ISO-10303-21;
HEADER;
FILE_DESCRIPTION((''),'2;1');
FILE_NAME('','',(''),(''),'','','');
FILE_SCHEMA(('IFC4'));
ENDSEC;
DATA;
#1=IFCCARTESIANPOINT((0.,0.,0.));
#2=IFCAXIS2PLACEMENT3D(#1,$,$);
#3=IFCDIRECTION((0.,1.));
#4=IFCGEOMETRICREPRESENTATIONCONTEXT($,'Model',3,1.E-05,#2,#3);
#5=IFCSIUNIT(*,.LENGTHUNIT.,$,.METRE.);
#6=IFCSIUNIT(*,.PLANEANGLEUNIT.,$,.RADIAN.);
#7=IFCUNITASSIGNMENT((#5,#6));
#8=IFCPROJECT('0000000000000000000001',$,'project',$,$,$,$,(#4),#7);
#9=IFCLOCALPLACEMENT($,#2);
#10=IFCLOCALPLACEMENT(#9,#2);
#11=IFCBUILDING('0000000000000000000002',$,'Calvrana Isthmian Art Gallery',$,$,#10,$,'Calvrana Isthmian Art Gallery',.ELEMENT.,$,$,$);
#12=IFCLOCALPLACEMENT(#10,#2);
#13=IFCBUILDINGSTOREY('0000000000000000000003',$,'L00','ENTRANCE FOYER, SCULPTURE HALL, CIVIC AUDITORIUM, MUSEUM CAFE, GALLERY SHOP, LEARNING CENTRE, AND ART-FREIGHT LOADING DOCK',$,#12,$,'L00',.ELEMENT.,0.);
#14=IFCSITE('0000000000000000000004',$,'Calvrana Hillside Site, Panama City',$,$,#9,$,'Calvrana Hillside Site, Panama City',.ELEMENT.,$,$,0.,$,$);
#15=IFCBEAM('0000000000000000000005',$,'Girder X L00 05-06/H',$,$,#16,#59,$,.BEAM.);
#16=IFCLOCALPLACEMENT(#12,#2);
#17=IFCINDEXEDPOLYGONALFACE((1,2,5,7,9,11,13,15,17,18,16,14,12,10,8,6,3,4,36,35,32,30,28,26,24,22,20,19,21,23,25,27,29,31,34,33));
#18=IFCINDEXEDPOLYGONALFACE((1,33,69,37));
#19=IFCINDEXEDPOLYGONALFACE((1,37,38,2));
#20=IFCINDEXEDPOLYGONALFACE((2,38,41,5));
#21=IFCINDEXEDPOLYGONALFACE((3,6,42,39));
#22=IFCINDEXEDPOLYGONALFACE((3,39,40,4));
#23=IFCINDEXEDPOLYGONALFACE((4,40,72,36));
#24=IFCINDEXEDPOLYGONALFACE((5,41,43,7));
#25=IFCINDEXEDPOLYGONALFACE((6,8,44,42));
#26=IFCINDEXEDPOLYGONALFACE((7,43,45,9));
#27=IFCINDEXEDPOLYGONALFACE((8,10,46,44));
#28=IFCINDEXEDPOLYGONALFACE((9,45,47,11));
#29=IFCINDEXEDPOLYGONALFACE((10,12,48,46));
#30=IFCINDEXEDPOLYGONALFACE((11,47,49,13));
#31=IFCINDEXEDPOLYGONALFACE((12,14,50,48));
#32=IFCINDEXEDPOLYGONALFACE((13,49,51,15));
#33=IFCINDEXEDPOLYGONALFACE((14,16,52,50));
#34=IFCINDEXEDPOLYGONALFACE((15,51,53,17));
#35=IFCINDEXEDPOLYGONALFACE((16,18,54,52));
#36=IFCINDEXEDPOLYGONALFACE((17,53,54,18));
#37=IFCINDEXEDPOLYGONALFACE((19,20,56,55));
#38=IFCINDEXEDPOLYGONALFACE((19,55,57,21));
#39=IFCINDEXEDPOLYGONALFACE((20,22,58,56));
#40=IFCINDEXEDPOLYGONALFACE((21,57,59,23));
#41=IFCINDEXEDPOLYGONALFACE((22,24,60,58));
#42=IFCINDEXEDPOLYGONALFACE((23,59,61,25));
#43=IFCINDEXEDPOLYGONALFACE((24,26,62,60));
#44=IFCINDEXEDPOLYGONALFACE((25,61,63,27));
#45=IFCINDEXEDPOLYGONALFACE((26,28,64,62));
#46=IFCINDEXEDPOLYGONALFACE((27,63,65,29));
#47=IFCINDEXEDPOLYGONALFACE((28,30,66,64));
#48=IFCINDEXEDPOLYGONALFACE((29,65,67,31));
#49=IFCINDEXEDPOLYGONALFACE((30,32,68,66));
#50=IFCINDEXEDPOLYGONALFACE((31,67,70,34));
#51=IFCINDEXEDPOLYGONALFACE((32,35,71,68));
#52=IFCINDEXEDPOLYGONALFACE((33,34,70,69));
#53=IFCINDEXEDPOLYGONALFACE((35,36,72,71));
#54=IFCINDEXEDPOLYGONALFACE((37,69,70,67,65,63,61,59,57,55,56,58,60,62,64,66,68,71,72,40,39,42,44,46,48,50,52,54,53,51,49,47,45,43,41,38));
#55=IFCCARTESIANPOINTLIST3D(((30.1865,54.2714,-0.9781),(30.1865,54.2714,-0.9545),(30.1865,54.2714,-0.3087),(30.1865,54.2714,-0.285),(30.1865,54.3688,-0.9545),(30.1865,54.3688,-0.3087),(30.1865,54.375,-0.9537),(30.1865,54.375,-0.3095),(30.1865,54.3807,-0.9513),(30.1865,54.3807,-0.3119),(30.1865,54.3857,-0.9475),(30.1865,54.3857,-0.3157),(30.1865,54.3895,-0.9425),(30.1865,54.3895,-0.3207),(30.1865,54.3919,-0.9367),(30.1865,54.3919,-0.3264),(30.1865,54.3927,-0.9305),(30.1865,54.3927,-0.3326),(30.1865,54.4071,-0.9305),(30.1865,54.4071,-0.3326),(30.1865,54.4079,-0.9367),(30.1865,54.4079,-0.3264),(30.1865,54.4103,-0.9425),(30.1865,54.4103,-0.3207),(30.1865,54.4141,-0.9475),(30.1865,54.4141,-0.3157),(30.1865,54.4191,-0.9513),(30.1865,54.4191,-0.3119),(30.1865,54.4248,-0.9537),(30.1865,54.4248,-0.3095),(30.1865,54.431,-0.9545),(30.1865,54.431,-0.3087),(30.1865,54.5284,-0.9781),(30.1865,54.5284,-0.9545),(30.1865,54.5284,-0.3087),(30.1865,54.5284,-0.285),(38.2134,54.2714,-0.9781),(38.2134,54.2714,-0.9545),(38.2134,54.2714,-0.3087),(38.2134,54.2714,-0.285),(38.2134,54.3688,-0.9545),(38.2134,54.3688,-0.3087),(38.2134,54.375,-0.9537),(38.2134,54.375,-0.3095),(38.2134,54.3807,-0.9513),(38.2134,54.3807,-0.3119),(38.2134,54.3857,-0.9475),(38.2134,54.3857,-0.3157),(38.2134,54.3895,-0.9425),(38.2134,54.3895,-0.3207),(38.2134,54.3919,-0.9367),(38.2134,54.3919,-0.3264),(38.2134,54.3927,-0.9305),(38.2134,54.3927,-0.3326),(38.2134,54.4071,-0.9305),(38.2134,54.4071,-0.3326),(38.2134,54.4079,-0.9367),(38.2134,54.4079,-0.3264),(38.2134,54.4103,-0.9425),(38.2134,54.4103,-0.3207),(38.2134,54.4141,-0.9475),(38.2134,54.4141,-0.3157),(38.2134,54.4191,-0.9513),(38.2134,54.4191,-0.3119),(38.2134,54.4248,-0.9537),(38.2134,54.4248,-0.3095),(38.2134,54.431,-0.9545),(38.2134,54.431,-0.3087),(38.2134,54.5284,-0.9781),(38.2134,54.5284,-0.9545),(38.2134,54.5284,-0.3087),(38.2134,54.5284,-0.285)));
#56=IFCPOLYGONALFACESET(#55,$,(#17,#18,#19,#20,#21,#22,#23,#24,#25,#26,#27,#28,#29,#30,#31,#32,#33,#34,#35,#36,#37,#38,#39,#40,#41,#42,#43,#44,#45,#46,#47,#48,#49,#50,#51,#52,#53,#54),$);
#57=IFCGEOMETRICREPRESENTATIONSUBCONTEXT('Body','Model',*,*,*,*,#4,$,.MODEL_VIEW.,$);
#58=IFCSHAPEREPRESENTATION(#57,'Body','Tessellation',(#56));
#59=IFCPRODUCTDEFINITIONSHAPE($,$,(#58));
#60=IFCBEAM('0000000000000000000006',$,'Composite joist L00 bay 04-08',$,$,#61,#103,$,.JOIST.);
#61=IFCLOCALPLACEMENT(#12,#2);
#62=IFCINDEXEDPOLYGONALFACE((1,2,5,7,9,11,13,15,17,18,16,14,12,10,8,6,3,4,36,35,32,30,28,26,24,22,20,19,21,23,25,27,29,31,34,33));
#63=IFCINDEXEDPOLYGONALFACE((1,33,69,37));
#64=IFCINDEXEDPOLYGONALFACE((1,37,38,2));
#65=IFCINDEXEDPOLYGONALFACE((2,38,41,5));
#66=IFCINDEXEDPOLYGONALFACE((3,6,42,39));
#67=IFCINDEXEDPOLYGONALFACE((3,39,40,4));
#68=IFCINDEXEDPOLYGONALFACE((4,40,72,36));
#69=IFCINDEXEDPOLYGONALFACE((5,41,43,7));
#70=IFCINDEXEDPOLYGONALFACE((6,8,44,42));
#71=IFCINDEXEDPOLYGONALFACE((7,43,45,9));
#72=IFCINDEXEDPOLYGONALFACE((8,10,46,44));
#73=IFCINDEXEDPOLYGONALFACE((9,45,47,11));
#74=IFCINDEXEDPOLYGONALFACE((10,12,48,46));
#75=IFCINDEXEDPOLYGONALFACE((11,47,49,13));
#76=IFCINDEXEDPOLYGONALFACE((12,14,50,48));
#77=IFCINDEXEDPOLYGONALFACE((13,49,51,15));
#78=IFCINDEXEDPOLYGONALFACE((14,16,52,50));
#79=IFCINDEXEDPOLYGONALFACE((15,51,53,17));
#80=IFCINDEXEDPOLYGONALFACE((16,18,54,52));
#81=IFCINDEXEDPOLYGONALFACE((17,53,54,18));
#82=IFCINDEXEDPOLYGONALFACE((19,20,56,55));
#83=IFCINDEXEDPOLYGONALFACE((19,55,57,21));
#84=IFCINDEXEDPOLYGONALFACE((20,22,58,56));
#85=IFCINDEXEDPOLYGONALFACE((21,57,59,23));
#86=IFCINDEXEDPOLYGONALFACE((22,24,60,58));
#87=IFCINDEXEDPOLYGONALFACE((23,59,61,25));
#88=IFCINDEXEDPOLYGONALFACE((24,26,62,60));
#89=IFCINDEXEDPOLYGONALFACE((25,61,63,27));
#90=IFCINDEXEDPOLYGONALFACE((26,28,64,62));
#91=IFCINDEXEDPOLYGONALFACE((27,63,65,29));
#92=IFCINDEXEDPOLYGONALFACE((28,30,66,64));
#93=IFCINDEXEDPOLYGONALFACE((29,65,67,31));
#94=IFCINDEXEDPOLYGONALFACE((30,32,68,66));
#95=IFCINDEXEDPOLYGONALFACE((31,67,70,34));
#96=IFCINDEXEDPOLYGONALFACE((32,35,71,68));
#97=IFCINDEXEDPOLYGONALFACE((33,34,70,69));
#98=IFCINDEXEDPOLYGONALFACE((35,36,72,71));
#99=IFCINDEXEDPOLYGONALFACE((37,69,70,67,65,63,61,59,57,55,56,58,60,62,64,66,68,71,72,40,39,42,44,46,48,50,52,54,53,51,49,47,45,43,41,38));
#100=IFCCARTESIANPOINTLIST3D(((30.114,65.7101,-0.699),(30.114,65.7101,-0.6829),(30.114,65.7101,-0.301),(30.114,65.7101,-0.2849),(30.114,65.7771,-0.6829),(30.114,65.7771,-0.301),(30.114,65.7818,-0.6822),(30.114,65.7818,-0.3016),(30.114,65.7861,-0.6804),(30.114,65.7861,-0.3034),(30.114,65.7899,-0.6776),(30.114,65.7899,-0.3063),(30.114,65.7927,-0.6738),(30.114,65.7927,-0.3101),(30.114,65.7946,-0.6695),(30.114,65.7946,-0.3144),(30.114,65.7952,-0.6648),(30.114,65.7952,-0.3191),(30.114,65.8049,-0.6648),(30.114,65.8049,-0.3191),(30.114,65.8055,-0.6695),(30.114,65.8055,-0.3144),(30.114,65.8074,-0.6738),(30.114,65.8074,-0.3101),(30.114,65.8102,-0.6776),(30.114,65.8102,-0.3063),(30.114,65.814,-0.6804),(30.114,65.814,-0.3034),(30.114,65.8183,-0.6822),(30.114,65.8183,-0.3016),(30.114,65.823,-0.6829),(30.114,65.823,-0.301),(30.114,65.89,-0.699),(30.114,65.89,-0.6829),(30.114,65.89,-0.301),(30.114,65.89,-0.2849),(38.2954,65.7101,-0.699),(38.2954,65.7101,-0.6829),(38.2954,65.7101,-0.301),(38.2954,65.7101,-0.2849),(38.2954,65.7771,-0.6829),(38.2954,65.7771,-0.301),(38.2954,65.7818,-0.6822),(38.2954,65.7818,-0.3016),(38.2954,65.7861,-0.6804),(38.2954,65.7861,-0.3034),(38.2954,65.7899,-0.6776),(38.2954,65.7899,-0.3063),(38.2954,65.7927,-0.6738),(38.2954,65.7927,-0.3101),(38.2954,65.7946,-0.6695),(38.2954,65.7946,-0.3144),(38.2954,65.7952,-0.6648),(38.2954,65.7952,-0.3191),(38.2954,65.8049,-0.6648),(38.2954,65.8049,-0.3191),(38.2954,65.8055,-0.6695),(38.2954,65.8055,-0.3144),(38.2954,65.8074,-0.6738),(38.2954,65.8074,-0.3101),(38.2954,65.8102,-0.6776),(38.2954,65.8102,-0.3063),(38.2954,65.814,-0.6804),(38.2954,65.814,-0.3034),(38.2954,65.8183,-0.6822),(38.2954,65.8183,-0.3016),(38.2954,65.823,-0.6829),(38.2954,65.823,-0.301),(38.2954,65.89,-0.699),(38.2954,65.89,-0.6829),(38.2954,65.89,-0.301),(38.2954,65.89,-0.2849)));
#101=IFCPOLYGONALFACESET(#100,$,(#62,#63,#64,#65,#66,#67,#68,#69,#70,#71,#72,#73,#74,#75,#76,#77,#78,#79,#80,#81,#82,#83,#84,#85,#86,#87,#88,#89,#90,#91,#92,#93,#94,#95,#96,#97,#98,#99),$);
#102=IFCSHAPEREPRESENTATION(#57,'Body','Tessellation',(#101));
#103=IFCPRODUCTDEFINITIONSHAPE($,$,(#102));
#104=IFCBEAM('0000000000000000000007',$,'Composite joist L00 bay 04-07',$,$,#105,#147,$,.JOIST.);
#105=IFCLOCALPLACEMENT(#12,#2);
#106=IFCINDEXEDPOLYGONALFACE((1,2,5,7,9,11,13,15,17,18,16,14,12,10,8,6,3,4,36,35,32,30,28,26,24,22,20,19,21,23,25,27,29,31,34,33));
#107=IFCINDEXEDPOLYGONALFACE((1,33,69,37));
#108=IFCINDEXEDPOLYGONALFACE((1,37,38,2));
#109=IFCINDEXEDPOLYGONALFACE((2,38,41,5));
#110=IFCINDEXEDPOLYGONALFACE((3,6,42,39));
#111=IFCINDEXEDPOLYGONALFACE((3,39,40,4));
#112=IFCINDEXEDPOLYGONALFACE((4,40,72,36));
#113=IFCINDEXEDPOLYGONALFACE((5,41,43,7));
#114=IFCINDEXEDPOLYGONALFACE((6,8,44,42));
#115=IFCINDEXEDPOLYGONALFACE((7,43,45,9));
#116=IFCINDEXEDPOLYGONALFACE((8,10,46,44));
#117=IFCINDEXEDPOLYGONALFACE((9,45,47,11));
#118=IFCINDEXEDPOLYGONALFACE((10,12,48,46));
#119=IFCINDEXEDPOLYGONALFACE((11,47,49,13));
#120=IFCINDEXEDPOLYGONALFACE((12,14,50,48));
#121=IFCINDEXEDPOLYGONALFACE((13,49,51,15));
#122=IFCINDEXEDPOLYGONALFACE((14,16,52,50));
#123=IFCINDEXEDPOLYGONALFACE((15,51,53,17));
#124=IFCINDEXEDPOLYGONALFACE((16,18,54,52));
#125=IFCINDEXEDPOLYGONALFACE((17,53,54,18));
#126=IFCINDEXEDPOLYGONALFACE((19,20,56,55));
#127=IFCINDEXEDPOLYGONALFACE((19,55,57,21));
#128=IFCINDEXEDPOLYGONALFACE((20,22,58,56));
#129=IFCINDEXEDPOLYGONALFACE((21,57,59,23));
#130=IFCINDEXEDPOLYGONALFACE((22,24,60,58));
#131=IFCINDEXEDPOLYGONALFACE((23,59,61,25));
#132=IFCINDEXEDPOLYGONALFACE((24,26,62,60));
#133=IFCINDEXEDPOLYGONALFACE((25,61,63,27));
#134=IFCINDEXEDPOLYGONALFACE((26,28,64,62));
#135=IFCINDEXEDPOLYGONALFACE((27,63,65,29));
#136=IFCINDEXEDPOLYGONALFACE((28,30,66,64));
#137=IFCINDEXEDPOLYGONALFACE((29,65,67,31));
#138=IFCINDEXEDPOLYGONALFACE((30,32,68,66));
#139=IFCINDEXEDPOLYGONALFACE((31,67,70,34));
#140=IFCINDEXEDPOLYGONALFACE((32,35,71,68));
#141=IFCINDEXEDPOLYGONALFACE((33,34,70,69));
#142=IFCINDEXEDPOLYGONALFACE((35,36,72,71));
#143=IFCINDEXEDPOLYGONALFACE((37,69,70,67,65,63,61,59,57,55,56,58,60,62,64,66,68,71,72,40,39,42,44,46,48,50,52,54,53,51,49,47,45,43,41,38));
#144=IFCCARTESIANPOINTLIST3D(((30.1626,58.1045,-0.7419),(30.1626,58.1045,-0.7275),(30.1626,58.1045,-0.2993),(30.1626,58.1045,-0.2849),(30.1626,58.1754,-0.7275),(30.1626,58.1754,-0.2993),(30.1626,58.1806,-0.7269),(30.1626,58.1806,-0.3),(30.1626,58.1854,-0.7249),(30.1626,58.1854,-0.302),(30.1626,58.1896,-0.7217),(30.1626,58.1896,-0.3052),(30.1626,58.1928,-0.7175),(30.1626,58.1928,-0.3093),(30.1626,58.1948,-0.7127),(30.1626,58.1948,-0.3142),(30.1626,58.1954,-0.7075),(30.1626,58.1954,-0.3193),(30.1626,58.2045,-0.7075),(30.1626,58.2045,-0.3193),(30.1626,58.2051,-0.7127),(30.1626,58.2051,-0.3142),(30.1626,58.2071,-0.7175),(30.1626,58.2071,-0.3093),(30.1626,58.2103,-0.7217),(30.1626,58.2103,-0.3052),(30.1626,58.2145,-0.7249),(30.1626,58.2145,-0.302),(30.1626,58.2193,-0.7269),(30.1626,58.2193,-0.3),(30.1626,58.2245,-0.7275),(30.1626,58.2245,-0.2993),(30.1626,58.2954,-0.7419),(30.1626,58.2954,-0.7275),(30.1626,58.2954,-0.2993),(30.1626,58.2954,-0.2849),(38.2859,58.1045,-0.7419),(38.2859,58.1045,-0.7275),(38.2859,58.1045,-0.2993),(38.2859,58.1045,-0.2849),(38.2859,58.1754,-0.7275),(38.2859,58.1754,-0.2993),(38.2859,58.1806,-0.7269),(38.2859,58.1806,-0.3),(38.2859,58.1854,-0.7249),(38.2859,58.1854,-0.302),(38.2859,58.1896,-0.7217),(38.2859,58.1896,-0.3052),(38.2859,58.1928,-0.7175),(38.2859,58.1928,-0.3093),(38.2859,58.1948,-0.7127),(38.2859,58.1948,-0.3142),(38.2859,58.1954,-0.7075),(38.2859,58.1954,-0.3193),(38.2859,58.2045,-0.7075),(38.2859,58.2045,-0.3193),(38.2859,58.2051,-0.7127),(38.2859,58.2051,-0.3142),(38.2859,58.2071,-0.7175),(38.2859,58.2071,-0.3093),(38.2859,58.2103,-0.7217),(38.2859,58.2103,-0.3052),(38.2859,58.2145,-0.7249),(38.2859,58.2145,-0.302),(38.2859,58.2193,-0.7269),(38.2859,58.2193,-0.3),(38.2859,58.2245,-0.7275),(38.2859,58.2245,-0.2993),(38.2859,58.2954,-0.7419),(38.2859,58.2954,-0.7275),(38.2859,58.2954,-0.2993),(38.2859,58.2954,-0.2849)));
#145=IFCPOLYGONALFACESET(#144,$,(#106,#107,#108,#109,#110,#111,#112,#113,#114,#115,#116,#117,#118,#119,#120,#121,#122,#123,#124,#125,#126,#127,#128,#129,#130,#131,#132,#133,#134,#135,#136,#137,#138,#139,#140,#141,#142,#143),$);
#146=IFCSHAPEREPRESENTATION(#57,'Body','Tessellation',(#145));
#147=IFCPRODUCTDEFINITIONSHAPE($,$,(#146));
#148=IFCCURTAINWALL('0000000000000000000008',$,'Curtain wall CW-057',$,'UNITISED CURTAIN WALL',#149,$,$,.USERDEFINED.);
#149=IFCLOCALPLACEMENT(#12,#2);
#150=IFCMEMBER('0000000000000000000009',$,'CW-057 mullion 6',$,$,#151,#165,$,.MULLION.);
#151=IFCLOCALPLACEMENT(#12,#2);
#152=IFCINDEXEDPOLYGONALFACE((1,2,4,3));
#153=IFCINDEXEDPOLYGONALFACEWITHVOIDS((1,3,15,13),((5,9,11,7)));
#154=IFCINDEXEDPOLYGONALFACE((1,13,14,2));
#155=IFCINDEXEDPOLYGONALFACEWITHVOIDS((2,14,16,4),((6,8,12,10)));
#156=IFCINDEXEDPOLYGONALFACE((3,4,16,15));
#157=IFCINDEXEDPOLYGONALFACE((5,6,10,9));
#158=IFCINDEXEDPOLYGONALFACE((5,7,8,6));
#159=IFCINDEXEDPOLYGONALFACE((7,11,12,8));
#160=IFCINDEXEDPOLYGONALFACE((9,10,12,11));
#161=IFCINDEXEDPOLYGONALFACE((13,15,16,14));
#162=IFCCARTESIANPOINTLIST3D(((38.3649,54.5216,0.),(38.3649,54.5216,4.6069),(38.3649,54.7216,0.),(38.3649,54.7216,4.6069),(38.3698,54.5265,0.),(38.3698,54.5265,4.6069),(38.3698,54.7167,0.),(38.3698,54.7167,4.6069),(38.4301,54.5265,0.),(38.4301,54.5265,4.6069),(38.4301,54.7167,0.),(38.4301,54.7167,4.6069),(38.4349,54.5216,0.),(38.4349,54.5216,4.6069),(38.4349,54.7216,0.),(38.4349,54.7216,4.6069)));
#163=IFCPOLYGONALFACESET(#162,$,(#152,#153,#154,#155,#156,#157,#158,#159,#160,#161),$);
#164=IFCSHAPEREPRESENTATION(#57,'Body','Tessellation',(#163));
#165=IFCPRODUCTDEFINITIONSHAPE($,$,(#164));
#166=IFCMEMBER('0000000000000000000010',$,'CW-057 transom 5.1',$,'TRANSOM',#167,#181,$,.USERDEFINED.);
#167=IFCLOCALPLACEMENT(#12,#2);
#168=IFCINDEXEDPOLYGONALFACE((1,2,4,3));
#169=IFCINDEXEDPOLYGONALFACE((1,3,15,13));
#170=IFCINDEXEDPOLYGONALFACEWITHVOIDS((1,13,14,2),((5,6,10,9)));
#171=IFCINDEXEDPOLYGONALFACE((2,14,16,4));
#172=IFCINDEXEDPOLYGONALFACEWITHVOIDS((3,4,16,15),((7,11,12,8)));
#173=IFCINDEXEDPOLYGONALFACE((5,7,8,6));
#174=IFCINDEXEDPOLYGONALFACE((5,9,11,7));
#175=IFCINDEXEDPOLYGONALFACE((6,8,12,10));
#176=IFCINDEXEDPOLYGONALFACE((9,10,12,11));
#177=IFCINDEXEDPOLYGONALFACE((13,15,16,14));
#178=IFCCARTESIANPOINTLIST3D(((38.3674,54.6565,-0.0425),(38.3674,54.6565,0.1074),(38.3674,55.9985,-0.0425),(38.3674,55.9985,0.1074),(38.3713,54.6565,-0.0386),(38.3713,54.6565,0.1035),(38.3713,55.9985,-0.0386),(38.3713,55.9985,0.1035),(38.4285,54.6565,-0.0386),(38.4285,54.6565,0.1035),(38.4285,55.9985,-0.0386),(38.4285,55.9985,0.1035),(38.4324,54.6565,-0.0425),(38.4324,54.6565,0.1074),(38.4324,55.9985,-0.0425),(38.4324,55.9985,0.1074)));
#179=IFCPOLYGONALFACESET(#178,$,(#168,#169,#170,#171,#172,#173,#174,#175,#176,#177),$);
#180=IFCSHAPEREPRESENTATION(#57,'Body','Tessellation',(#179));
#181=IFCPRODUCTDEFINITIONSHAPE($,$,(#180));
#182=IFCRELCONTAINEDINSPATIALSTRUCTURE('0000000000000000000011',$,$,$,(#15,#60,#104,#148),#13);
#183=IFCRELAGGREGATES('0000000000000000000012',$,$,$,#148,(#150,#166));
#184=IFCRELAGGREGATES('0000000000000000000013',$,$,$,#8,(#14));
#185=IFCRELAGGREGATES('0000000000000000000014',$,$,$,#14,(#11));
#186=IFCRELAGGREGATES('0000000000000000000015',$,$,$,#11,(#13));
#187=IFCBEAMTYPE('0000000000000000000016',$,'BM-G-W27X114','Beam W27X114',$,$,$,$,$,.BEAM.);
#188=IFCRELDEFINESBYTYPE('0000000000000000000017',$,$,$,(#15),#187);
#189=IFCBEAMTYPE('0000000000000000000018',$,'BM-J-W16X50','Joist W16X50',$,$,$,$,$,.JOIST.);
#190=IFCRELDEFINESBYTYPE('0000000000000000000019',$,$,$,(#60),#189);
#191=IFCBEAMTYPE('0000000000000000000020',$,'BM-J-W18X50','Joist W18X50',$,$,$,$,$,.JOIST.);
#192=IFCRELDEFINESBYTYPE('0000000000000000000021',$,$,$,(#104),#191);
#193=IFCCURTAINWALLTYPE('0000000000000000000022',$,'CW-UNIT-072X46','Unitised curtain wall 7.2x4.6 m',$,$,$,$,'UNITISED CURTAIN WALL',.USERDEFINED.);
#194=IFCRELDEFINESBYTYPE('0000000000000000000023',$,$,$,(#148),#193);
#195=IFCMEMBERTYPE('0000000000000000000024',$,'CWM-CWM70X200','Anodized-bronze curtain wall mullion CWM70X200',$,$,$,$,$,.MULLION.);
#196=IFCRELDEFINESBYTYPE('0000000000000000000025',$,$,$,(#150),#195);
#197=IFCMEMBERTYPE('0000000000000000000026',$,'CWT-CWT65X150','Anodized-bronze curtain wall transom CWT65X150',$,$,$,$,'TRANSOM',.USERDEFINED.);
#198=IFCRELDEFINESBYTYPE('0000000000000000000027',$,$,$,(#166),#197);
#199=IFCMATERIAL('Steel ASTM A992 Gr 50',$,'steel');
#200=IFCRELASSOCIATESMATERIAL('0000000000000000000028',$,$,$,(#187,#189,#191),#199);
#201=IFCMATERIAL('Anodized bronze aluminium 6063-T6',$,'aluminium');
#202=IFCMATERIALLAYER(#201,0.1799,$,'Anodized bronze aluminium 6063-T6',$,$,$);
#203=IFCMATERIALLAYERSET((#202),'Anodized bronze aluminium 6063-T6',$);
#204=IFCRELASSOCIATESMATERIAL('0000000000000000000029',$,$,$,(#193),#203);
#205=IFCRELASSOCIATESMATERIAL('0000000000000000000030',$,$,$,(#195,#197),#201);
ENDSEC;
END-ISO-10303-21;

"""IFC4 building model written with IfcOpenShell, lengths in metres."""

from ifc_helpers import new_model, si_unit, direction, frame, origin, origin_2d, place, context, subcontext, project, spatial, hollow_rectangle, i_section, extrude, material, layer, layer_set, material_profile, profile_set, type_object, element, aggregate, save


model = new_model("IFC4")

# Units and contexts
model_context = context("Model", 3, precision=1e-05, world=origin(), true_north=direction((0.0, 1.0)))
body_context = subcontext(model_context, "Body", "Model", "MODEL_VIEW")
ifc_project = project(units=[si_unit("LENGTHUNIT", "METRE"), si_unit("PLANEANGLEUNIT", "RADIAN")], contexts=[model_context])

# Site, building, storey
site_placement = place(None, origin())
site = spatial("IfcSite", under=ifc_project, at=site_placement, Name="Calvrana Hillside Site, Panama City", LongName="Calvrana Hillside Site, Panama City", CompositionType="ELEMENT", RefElevation=0.0)
building_placement = place(site_placement, origin())
building = spatial("IfcBuilding", under=site, at=building_placement, Name="Calvrana Isthmian Art Gallery", LongName="Calvrana Isthmian Art Gallery", CompositionType="ELEMENT")
storey_placement = place(building_placement, origin())
storey = spatial("IfcBuildingStorey", under=building, at=storey_placement, Name="L00", Description="ENTRANCE FOYER, SCULPTURE HALL, CIVIC AUDITORIUM, MUSEUM CAFE, GALLERY SHOP, LEARNING CENTRE, AND ART-FREIGHT LOADING DOCK", LongName="L00", CompositionType="ELEMENT", Elevation=0.0)

# Shared definitions
ifc_material_1 = material(Name="Steel ASTM A992 Gr 50", Category="steel")

# Beams
ifc_material_profile_1 = material_profile(ifc_material_1, i_section(OverallWidth=0.2571, OverallDepth=0.6931, WebThickness=0.0144, FlangeThickness=0.0237, FilletRadius=0.0239, at=origin_2d()), Name="W27X114")
ifc_profile_set_1 = profile_set([ifc_material_profile_1], Name="Steel ASTM A992 Gr 50")
beam_type_1 = type_object("IfcBeamType", Name="BM-G-W27X114", Description="Beam W27X114", PredefinedType="BEAM", material=ifc_profile_set_1)
beam_1_placement = place(storey_placement, frame((30.1865, 54.3999, -0.6316), z_axis=(1.0, 0.0, 0.0), x_axis=(0.0, 1.0, 0.0)))
element("IfcBeam", 1, at=beam_1_placement, inside=storey, type_object=beam_type_1, Name="Girder X L00 05-06/H", PredefinedType="BEAM", context=body_context, shape_type="SweptSolid", body=[
    extrude(i_section(OverallWidth=0.2571, OverallDepth=0.6931, WebThickness=0.0144, FlangeThickness=0.0237, FilletRadius=0.0239, at=origin_2d()), origin(), (0.0, 0.0, 1.0), 8.0269),
])
ifc_material_profile_2 = material_profile(ifc_material_1, i_section(OverallWidth=0.1799, OverallDepth=0.4141, WebThickness=0.0098, FlangeThickness=0.0161, FilletRadius=0.0181, at=origin_2d()), Name="W16X50")
ifc_profile_set_2 = profile_set([ifc_material_profile_2], Name="Steel ASTM A992 Gr 50")
beam_type_2 = type_object("IfcBeamType", Name="BM-J-W16X50", Description="Joist W16X50", PredefinedType="JOIST", material=ifc_profile_set_2)
beam_2_placement = place(storey_placement, frame((30.114, 65.8, -0.4919), z_axis=(1.0, 0.0, 0.0), x_axis=(0.0, 1.0, 0.0)))
element("IfcBeam", 2, at=beam_2_placement, inside=storey, type_object=beam_type_2, Name="Composite joist L00 bay 04-08", PredefinedType="JOIST", context=body_context, shape_type="SweptSolid", body=[
    extrude(i_section(OverallWidth=0.1799, OverallDepth=0.4141, WebThickness=0.0098, FlangeThickness=0.0161, FilletRadius=0.0181, at=origin_2d()), origin(), (0.0, 0.0, 1.0), 8.1814),
])
ifc_material_profile_3 = material_profile(ifc_material_1, i_section(OverallWidth=0.1909, OverallDepth=0.457, WebThickness=0.009, FlangeThickness=0.0144, FilletRadius=0.02, at=origin_2d()), Name="W18X50")
ifc_profile_set_3 = profile_set([ifc_material_profile_3], Name="Steel ASTM A992 Gr 50")
beam_type_3 = type_object("IfcBeamType", Name="BM-J-W18X50", Description="Joist W18X50", PredefinedType="JOIST", material=ifc_profile_set_3)
beam_3_placement = place(storey_placement, frame((30.1626, 58.2, -0.5134), z_axis=(1.0, 0.0, 0.0), x_axis=(0.0, 1.0, 0.0)))
element("IfcBeam", 3, at=beam_3_placement, inside=storey, type_object=beam_type_3, Name="Composite joist L00 bay 04-07", PredefinedType="JOIST", context=body_context, shape_type="SweptSolid", body=[
    extrude(i_section(OverallWidth=0.1909, OverallDepth=0.457, WebThickness=0.009, FlangeThickness=0.0144, FilletRadius=0.02, at=origin_2d()), origin(), (0.0, 0.0, 1.0), 8.1233),
])

# Curtain wall, members
ifc_material_2 = material(Name="Anodized bronze aluminium 6063-T6", Category="aluminium")
ifc_layer_1 = layer(ifc_material_2, 0.1799, Name="Anodized bronze aluminium 6063-T6")
ifc_layer_set_1 = layer_set([ifc_layer_1], Name="Anodized bronze aluminium 6063-T6")
curtain_wall_type = type_object("IfcCurtainWallType", Name="CW-UNIT-072X46", Description="Unitised curtain wall 7.2x4.6 m", ElementType="UNITISED CURTAIN WALL", PredefinedType="USERDEFINED", material=ifc_layer_set_1)
curtain_wall_placement = place(storey_placement, origin())
curtain_wall = element("IfcCurtainWall", 4, at=curtain_wall_placement, inside=storey, type_object=curtain_wall_type, Name="Curtain wall CW-057", ObjectType="UNITISED CURTAIN WALL", PredefinedType="USERDEFINED")
ifc_material_profile_4 = material_profile(ifc_material_2, hollow_rectangle(XDim=0.0701, YDim=0.2, WallThickness=0.0049, at=origin_2d()), Name="CWM70X200")
ifc_profile_set_4 = profile_set([ifc_material_profile_4], Name="Anodized bronze aluminium 6063-T6")
member_type_1 = type_object("IfcMemberType", Name="CWM-CWM70X200", Description="Anodized-bronze curtain wall mullion CWM70X200", PredefinedType="MULLION", material=ifc_profile_set_4)
member_1_placement = place(storey_placement, frame((38.3999, 54.6216, 0.0), z_axis=(0.0, 0.0, 1.0), x_axis=(1.0, 0.0, 0.0)))
member_1 = element("IfcMember", 5, at=member_1_placement, type_object=member_type_1, Name="CW-057 mullion 6", PredefinedType="MULLION", context=body_context, shape_type="SweptSolid", body=[
    extrude(hollow_rectangle(XDim=0.0701, YDim=0.2, WallThickness=0.0049, at=origin_2d()), origin(), (0.0, 0.0, 1.0), 4.6069),
])
ifc_material_profile_5 = material_profile(ifc_material_2, hollow_rectangle(XDim=0.0649, YDim=0.1499, WallThickness=0.0039, at=origin_2d()), Name="CWT65X150")
ifc_profile_set_5 = profile_set([ifc_material_profile_5], Name="Anodized bronze aluminium 6063-T6")
member_type_2 = type_object("IfcMemberType", Name="CWT-CWT65X150", Description="Anodized-bronze curtain wall transom CWT65X150", ElementType="TRANSOM", PredefinedType="USERDEFINED", material=ifc_profile_set_5)
member_2_placement = place(storey_placement, frame((38.3999, 55.9985, 0.0325), z_axis=(0.0, -1.0, 0.0), x_axis=(1.0, 0.0, 0.0)))
member_2 = element("IfcMember", 6, at=member_2_placement, type_object=member_type_2, Name="CW-057 transom 5.1", ObjectType="TRANSOM", PredefinedType="USERDEFINED", context=body_context, shape_type="SweptSolid", body=[
    extrude(hollow_rectangle(XDim=0.0649, YDim=0.1499, WallThickness=0.0039, at=origin_2d()), origin(), (0.0, 0.0, 1.0), 1.342),
])
aggregate(curtain_wall, [member_1, member_2])

save(model, "model.ifc")
